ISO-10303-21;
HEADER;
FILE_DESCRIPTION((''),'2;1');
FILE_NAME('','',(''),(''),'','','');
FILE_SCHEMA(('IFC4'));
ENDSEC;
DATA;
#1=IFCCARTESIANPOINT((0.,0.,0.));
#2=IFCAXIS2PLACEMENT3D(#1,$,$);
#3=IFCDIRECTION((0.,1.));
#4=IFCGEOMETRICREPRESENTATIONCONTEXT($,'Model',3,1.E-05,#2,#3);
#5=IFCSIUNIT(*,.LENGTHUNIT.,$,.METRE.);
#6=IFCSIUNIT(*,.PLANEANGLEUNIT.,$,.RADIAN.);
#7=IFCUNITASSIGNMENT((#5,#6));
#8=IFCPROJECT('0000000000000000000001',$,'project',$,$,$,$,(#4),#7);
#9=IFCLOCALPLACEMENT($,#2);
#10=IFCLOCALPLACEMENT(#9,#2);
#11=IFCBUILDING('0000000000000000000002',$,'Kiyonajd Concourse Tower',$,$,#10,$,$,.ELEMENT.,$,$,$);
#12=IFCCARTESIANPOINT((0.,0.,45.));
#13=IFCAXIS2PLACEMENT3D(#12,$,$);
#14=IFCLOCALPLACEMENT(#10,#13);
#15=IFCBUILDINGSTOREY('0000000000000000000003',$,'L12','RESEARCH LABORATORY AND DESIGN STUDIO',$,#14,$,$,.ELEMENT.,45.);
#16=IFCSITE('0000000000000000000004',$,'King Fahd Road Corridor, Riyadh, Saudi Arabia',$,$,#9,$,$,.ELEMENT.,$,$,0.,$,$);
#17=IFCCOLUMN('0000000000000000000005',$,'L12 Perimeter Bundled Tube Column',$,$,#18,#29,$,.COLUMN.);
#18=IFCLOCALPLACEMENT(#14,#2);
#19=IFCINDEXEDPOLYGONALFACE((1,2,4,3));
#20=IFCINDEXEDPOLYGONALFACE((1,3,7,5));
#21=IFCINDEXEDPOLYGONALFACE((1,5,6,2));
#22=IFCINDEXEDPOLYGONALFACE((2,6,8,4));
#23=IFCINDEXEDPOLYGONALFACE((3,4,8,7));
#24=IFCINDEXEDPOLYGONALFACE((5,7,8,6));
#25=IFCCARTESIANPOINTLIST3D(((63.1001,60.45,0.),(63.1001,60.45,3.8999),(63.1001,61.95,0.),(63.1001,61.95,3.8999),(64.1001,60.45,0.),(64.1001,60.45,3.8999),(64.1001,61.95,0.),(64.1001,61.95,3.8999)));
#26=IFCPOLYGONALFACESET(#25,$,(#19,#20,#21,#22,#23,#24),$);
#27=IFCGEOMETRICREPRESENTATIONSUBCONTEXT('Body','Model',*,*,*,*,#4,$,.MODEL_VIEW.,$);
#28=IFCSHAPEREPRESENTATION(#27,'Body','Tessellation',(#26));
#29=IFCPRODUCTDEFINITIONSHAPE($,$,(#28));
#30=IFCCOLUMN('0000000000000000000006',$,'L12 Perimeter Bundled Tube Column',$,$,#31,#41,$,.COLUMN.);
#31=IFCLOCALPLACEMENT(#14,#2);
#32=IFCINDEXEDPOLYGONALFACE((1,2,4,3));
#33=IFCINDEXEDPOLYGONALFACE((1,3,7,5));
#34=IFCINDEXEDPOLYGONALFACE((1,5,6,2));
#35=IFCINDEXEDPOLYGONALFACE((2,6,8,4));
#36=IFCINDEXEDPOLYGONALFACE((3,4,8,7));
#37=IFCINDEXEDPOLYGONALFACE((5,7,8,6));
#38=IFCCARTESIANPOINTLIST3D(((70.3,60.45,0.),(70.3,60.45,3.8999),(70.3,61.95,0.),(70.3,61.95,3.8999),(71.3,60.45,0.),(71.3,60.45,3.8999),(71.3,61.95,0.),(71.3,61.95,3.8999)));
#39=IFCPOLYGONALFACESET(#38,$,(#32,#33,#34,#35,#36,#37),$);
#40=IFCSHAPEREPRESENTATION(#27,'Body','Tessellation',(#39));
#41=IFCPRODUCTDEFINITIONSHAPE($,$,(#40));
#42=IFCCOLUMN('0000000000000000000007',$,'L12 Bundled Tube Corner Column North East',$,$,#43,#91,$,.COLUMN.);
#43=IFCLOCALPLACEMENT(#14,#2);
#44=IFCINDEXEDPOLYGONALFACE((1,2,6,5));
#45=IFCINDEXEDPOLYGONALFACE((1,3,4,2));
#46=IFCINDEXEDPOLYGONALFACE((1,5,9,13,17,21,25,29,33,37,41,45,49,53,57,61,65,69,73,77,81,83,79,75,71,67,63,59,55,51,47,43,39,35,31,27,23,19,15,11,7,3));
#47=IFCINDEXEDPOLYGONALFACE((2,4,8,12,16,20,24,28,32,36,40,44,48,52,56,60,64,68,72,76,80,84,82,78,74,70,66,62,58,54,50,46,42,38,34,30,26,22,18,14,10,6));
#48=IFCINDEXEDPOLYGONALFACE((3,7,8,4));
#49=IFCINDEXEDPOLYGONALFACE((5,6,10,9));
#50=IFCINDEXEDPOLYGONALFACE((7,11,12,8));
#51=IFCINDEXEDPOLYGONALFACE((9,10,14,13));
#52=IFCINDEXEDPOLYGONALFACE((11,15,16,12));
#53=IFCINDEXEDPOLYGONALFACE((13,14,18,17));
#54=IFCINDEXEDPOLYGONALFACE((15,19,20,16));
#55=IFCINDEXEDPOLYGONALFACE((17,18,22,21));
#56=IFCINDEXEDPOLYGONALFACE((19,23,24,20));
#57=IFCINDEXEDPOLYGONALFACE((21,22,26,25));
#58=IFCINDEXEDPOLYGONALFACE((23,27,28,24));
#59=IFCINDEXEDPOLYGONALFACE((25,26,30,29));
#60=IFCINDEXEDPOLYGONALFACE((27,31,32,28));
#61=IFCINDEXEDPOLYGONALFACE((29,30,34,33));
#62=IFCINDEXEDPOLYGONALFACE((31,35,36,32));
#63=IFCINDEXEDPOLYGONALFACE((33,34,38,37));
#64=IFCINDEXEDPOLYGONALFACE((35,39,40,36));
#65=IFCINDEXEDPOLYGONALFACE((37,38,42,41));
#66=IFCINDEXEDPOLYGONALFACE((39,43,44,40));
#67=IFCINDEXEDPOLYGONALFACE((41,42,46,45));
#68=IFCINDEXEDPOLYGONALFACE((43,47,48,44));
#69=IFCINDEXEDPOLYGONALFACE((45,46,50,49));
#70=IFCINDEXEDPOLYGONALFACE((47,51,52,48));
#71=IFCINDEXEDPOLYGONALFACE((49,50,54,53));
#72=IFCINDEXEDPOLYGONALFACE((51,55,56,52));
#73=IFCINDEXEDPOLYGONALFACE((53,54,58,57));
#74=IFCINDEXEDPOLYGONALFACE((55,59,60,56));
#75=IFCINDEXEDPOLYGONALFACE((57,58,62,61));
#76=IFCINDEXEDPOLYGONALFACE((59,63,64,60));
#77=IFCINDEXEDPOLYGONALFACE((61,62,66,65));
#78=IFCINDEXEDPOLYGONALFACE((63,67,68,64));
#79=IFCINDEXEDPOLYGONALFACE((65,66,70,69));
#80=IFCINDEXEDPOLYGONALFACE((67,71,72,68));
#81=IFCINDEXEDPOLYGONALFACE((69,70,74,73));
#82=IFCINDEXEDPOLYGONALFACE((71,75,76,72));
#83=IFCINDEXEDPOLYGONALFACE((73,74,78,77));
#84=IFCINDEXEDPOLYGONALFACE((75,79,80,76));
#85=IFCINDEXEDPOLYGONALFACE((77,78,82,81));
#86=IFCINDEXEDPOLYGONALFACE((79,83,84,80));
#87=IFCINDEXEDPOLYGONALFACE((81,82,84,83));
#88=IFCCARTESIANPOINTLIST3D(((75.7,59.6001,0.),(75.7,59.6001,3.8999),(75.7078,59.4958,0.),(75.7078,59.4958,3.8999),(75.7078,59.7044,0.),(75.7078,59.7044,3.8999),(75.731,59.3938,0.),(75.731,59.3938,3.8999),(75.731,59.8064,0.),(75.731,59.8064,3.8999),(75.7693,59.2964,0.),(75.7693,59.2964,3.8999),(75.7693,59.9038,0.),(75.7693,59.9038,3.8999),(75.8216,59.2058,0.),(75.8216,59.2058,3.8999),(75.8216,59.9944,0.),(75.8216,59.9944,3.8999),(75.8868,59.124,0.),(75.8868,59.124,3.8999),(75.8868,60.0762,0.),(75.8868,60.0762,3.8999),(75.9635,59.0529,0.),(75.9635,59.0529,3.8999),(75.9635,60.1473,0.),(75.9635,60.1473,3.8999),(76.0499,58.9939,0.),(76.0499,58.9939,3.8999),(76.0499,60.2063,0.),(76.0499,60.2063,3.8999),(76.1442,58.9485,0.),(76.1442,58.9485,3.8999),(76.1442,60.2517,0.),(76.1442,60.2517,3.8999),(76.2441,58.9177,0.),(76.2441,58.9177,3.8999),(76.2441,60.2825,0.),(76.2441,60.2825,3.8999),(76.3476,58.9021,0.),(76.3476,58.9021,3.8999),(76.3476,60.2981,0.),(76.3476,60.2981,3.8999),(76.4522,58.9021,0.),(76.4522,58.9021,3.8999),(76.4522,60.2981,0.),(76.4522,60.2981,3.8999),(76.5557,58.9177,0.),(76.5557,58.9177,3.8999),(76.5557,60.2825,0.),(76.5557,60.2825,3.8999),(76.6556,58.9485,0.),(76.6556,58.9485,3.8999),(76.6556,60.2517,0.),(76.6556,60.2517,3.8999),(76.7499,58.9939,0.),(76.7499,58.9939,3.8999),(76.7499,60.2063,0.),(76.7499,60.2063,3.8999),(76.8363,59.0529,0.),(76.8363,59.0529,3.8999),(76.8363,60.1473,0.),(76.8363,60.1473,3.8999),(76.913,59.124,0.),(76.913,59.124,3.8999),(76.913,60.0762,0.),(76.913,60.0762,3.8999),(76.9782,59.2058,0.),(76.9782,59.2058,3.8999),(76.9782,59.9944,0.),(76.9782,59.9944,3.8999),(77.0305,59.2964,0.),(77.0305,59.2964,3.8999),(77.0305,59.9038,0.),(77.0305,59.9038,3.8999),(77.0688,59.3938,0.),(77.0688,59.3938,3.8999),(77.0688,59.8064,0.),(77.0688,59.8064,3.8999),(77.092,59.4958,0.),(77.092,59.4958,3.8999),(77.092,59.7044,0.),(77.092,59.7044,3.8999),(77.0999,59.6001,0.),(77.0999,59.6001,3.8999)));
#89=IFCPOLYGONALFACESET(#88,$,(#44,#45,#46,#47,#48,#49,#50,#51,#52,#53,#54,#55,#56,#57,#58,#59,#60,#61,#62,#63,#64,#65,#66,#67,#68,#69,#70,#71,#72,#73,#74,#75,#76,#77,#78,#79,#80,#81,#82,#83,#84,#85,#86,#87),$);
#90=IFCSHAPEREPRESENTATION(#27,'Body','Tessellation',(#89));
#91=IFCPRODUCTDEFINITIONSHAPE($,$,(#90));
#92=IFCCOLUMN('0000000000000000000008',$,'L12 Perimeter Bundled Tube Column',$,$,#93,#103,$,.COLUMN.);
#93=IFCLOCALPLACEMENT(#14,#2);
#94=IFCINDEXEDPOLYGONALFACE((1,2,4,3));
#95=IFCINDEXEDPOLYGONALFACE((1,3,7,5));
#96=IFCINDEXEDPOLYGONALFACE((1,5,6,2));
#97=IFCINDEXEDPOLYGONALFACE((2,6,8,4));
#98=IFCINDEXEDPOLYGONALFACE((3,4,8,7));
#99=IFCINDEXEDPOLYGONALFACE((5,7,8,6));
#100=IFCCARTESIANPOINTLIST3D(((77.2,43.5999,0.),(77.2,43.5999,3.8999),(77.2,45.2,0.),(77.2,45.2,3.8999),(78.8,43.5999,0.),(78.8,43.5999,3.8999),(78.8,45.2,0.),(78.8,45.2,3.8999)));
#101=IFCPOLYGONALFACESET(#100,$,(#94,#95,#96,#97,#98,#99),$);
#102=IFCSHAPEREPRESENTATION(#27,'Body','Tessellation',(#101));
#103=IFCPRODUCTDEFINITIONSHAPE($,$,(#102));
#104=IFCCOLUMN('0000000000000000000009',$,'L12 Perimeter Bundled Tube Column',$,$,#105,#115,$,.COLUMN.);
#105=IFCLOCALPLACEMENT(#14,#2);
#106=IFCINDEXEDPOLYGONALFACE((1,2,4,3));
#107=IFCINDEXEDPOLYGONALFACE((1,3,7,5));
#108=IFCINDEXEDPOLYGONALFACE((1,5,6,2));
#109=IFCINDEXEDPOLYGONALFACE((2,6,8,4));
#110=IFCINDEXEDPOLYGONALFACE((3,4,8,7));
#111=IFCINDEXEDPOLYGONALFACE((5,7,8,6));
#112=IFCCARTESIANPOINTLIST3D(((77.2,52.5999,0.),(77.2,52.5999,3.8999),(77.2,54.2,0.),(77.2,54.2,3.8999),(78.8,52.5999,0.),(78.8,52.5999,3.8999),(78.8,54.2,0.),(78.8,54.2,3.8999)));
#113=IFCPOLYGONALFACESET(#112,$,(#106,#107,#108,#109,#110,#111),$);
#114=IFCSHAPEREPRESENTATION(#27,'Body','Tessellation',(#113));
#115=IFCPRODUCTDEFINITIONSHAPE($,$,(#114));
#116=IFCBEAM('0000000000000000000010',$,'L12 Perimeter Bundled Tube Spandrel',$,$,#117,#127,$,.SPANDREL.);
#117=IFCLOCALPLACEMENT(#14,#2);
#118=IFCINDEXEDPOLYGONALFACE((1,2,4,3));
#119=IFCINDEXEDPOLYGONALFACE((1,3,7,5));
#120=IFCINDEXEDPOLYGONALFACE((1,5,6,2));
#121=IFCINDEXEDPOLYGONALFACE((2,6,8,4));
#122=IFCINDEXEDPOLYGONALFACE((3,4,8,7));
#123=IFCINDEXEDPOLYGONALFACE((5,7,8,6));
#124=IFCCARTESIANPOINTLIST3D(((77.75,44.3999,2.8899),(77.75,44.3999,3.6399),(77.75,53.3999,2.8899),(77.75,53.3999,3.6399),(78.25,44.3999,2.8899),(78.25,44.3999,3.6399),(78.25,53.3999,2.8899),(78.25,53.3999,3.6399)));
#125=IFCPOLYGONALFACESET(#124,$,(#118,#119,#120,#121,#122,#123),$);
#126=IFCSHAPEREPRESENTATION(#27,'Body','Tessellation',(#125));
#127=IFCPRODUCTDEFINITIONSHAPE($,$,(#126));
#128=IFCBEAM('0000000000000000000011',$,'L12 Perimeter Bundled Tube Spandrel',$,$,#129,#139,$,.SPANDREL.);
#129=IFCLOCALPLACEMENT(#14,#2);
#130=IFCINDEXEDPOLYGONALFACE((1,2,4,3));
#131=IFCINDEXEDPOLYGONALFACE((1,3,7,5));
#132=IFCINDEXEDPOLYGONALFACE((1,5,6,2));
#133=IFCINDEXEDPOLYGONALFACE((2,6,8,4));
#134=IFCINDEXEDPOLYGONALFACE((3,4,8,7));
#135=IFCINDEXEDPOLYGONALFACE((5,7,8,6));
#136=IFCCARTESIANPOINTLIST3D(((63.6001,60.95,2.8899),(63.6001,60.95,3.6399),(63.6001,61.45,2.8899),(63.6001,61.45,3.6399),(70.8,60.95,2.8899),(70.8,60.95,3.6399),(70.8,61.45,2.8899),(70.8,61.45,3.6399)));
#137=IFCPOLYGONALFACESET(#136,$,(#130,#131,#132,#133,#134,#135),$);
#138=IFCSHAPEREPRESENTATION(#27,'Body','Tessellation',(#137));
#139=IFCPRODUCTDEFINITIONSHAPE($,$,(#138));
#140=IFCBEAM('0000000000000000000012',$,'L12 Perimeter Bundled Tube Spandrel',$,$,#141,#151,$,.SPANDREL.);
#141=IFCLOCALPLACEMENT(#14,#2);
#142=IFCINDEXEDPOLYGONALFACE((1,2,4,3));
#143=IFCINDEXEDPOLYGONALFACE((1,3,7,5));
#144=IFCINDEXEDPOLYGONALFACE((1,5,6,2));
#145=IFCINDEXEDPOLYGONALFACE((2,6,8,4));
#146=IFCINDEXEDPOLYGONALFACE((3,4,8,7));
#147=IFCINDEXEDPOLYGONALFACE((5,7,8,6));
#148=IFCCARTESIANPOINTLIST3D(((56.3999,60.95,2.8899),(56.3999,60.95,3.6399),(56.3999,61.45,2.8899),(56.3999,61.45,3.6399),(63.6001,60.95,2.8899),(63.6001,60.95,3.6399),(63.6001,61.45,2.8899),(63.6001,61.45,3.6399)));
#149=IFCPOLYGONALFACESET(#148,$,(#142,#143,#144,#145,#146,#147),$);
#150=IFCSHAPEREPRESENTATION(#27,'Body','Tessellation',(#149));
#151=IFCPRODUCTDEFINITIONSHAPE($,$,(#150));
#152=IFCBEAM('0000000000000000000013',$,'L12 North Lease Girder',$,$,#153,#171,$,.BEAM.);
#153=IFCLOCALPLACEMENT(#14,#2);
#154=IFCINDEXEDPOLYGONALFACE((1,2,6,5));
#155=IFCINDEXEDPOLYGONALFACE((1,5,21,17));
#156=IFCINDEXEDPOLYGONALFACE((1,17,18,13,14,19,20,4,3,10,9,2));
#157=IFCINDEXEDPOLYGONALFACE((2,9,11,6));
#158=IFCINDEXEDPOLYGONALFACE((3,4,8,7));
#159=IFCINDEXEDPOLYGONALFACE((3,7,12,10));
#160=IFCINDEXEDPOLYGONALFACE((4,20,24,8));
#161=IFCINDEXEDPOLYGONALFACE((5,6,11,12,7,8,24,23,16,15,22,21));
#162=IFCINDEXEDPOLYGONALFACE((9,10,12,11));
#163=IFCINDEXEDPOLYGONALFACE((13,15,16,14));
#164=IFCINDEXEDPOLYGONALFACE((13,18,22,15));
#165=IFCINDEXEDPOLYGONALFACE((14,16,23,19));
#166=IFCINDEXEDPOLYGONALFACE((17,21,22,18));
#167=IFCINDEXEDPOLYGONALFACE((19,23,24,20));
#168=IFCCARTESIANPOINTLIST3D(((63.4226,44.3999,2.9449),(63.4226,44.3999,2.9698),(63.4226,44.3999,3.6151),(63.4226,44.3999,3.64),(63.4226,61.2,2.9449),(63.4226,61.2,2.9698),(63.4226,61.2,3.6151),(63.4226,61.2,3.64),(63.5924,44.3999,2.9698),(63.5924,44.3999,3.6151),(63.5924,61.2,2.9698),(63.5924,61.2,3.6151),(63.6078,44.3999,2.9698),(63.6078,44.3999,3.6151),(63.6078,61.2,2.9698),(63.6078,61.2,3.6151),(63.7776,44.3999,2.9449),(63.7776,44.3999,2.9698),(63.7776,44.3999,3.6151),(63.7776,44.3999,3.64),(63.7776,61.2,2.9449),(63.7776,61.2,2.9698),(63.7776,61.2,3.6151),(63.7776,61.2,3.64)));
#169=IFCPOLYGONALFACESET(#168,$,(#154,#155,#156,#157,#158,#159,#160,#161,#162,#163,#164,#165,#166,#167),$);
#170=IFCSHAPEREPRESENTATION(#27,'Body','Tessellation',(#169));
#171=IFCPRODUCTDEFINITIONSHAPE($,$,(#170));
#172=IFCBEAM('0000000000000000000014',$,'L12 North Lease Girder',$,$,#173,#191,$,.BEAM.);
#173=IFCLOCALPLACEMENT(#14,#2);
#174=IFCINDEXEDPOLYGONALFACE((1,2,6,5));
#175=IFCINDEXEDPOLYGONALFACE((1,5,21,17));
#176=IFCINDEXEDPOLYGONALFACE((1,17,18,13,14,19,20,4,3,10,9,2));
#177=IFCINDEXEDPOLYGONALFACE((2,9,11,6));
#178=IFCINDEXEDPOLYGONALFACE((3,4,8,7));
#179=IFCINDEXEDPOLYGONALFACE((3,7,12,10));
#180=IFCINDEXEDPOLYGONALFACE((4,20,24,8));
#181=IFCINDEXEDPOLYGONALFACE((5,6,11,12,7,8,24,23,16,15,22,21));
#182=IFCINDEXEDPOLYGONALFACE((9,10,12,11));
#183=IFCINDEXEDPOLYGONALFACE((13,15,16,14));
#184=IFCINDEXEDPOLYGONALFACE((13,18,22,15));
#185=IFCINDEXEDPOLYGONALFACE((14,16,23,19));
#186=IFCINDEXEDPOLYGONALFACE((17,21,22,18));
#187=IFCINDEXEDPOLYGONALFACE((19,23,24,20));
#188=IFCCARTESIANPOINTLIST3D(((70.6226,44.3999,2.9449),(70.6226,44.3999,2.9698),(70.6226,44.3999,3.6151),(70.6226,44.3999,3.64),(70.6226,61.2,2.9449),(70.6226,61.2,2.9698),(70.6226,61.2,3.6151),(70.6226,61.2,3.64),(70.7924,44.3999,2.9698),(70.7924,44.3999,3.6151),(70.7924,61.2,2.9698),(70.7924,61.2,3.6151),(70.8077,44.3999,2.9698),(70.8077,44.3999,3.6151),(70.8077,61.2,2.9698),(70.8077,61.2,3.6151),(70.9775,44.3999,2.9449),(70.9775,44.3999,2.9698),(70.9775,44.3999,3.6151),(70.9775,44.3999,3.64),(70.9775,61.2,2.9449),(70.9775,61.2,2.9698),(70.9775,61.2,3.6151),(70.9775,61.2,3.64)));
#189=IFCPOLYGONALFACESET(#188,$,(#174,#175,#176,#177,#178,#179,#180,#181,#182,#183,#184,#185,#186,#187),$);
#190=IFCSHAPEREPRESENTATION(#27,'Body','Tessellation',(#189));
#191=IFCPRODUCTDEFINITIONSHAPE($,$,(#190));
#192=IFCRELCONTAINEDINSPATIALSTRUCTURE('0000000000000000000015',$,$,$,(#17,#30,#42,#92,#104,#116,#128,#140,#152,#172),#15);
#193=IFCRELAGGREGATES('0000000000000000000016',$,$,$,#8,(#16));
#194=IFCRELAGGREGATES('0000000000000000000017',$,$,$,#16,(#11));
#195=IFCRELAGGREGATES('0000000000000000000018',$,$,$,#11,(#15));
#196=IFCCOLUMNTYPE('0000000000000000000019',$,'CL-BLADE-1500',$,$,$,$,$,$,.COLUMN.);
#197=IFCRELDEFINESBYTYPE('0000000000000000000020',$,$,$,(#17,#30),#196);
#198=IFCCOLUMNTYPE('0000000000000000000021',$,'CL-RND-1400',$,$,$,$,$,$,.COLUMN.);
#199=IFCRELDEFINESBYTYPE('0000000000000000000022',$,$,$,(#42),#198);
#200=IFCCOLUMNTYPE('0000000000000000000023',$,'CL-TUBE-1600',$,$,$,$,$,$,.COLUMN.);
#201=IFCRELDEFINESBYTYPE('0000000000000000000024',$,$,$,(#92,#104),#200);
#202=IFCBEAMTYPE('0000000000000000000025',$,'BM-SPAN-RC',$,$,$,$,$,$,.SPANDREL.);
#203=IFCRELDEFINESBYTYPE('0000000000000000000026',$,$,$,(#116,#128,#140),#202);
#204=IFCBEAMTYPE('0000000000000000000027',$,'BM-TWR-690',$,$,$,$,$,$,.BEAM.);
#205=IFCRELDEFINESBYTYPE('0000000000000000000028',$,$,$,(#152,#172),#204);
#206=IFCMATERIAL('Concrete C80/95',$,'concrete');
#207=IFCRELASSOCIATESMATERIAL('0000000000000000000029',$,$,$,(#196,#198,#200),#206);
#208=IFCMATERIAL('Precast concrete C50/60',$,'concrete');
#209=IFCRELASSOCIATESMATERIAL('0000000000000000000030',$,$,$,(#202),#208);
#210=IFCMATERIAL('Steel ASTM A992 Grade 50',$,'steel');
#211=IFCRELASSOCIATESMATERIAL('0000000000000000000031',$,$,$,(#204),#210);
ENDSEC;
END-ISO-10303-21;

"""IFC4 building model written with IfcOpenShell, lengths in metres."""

from ifc_helpers import new_model, si_unit, direction, frame, origin, origin_2d, place, context, subcontext, project, spatial, rectangle, circle, i_section, extrude, material, material_profile, profile_set, type_object, element, save


model = new_model("IFC4")

# Units and contexts
model_context = context("Model", 3, precision=1e-05, world=origin(), true_north=direction((0.0, 1.0)))
body_context = subcontext(model_context, "Body", "Model", "MODEL_VIEW")
ifc_project = project(units=[si_unit("LENGTHUNIT", "METRE"), si_unit("PLANEANGLEUNIT", "RADIAN")], contexts=[model_context])

# Site, building, storey
site_placement = place(None, origin())
site = spatial("IfcSite", under=ifc_project, at=site_placement, Name="King Fahd Road Corridor, Riyadh, Saudi Arabia", CompositionType="ELEMENT", RefElevation=0.0)
building_placement = place(site_placement, origin())
building = spatial("IfcBuilding", under=site, at=building_placement, Name="Kiyonajd Concourse Tower", CompositionType="ELEMENT")
storey_placement = place(building_placement, frame((0.0, 0.0, 45.0)))
storey = spatial("IfcBuildingStorey", under=building, at=storey_placement, Name="L12", Description="RESEARCH LABORATORY AND DESIGN STUDIO", CompositionType="ELEMENT", Elevation=45.0)

# Columns
ifc_material_1 = material(Name="Concrete C80/95", Category="concrete")
ifc_material_profile_1 = material_profile(ifc_material_1, rectangle(XDim=1.0, YDim=1.5, at=origin_2d()), Name="RC-1500x1000")
ifc_profile_set_1 = profile_set([ifc_material_profile_1], Name="Concrete C80/95")
column_type_1 = type_object("IfcColumnType", Name="CL-BLADE-1500", PredefinedType="COLUMN", material=ifc_profile_set_1)
for number, where, z_axis, x_axis, name in (
    (1, (63.6001, 61.2, 0.0), (0.0, 0.0, 1.0), (1.0, 0.0, 0.0), "L12 Perimeter Bundled Tube Column"),
    (2, (70.8, 61.2, 0.0), (0.0, 0.0, 1.0), (1.0, 0.0, 0.0), "L12 Perimeter Bundled Tube Column"),
):
    element("IfcColumn", number, at=place(storey_placement, frame(where, z_axis=z_axis, x_axis=x_axis)), inside=storey, type_object=column_type_1, Name=name, PredefinedType="COLUMN", context=body_context, shape_type="SweptSolid", body=[
        extrude(rectangle(XDim=1.0, YDim=1.5, at=origin_2d()), origin(), (0.0, 0.0, 1.0), 3.8999),
    ])
ifc_material_profile_2 = material_profile(ifc_material_1, circle(Radius=0.7, at=origin_2d()), Name="RCC-D1400")
ifc_profile_set_2 = profile_set([ifc_material_profile_2], Name="Concrete C80/95")
column_type_2 = type_object("IfcColumnType", Name="CL-RND-1400", PredefinedType="COLUMN", material=ifc_profile_set_2)
column_placement = place(storey_placement, frame((76.3999, 59.6001, 0.0), z_axis=(0.0, 0.0, 1.0), x_axis=(1.0, 0.0, 0.0)))
element("IfcColumn", 3, at=column_placement, inside=storey, type_object=column_type_2, Name="L12 Bundled Tube Corner Column North East", PredefinedType="COLUMN", context=body_context, shape_type="SweptSolid", body=[
    extrude(circle(Radius=0.7, at=origin_2d()), origin(), (0.0, 0.0, 1.0), 3.8999),
])
ifc_material_profile_3 = material_profile(ifc_material_1, rectangle(XDim=1.6001, YDim=1.6001, at=origin_2d()), Name="RC-1600x1600")
ifc_profile_set_3 = profile_set([ifc_material_profile_3], Name="Concrete C80/95")
column_type_3 = type_object("IfcColumnType", Name="CL-TUBE-1600", PredefinedType="COLUMN", material=ifc_profile_set_3)
for number, where, z_axis, x_axis, name in (
    (4, (78.0, 44.3999, 0.0), (0.0, 0.0, 1.0), (1.0, 0.0, 0.0), "L12 Perimeter Bundled Tube Column"),
    (5, (78.0, 53.3999, 0.0), (0.0, 0.0, 1.0), (1.0, 0.0, 0.0), "L12 Perimeter Bundled Tube Column"),
):
    element("IfcColumn", number, at=place(storey_placement, frame(where, z_axis=z_axis, x_axis=x_axis)), inside=storey, type_object=column_type_3, Name=name, PredefinedType="COLUMN", context=body_context, shape_type="SweptSolid", body=[
        extrude(rectangle(XDim=1.6001, YDim=1.6001, at=origin_2d()), origin(), (0.0, 0.0, 1.0), 3.8999),
    ])

# Beams
ifc_material_2 = material(Name="Precast concrete C50/60", Category="concrete")
ifc_material_profile_4 = material_profile(ifc_material_2, rectangle(XDim=0.5, YDim=0.75, at=origin_2d()), Name="RCBM-500x750")
ifc_profile_set_4 = profile_set([ifc_material_profile_4], Name="Precast concrete C50/60")
beam_type_1 = type_object("IfcBeamType", Name="BM-SPAN-RC", PredefinedType="SPANDREL", material=ifc_profile_set_4)
beam_1_placement = place(storey_placement, frame((78.0, 44.3999, 3.2649), z_axis=(0.0, 1.0, 0.0), x_axis=(-1.0, 0.0, 0.0)))
element("IfcBeam", 6, at=beam_1_placement, inside=storey, type_object=beam_type_1, Name="L12 Perimeter Bundled Tube Spandrel", PredefinedType="SPANDREL", context=body_context, shape_type="SweptSolid", body=[
    extrude(rectangle(XDim=0.5, YDim=0.75, at=origin_2d()), origin(), (0.0, 0.0, 1.0), 9.0),
])
beam_2_placement = place(storey_placement, frame((70.8, 61.2, 3.2649), z_axis=(-1.0, 0.0, 0.0), x_axis=(0.0, -1.0, 0.0)))
element("IfcBeam", 7, at=beam_2_placement, inside=storey, type_object=beam_type_1, Name="L12 Perimeter Bundled Tube Spandrel", PredefinedType="SPANDREL", context=body_context, shape_type="SweptSolid", body=[
    extrude(rectangle(XDim=0.5, YDim=0.75, at=origin_2d()), origin(), (0.0, 0.0, 1.0), 7.2),
])
beam_3_placement = place(storey_placement, frame((63.6001, 61.2, 3.2649), z_axis=(-1.0, 0.0, 0.0), x_axis=(0.0, -1.0, 0.0)))
element("IfcBeam", 8, at=beam_3_placement, inside=storey, type_object=beam_type_1, Name="L12 Perimeter Bundled Tube Spandrel", PredefinedType="SPANDREL", context=body_context, shape_type="SweptSolid", body=[
    extrude(rectangle(XDim=0.5, YDim=0.75, at=origin_2d()), origin(), (0.0, 0.0, 1.0), 7.2002),
])
ifc_material_3 = material(Name="Steel ASTM A992 Grade 50", Category="steel")
ifc_material_profile_5 = material_profile(ifc_material_3, i_section(OverallWidth=0.355, OverallDepth=0.6951, WebThickness=0.0154, FlangeThickness=0.0249, at=origin_2d()), Name="W690X217")
ifc_profile_set_5 = profile_set([ifc_material_profile_5], Name="Steel ASTM A992 Grade 50")
beam_type_2 = type_object("IfcBeamType", Name="BM-TWR-690", PredefinedType="BEAM", material=ifc_profile_set_5)
for number, where, z_axis, x_axis, name in (
    (9, (63.6001, 44.3999, 3.2925), (0.0, 1.0, 0.0), (-1.0, 0.0, 0.0), "L12 North Lease Girder"),
    (10, (70.8, 44.3999, 3.2925), (0.0, 1.0, 0.0), (-1.0, 0.0, 0.0), "L12 North Lease Girder"),
):
    element("IfcBeam", number, at=place(storey_placement, frame(where, z_axis=z_axis, x_axis=x_axis)), inside=storey, type_object=beam_type_2, Name=name, PredefinedType="BEAM", context=body_context, shape_type="SweptSolid", body=[
        extrude(i_section(OverallWidth=0.355, OverallDepth=0.6951, WebThickness=0.0154, FlangeThickness=0.0249, at=origin_2d()), origin(), (0.0, 0.0, 1.0), 16.8),
    ])

save(model, "model.ifc")
